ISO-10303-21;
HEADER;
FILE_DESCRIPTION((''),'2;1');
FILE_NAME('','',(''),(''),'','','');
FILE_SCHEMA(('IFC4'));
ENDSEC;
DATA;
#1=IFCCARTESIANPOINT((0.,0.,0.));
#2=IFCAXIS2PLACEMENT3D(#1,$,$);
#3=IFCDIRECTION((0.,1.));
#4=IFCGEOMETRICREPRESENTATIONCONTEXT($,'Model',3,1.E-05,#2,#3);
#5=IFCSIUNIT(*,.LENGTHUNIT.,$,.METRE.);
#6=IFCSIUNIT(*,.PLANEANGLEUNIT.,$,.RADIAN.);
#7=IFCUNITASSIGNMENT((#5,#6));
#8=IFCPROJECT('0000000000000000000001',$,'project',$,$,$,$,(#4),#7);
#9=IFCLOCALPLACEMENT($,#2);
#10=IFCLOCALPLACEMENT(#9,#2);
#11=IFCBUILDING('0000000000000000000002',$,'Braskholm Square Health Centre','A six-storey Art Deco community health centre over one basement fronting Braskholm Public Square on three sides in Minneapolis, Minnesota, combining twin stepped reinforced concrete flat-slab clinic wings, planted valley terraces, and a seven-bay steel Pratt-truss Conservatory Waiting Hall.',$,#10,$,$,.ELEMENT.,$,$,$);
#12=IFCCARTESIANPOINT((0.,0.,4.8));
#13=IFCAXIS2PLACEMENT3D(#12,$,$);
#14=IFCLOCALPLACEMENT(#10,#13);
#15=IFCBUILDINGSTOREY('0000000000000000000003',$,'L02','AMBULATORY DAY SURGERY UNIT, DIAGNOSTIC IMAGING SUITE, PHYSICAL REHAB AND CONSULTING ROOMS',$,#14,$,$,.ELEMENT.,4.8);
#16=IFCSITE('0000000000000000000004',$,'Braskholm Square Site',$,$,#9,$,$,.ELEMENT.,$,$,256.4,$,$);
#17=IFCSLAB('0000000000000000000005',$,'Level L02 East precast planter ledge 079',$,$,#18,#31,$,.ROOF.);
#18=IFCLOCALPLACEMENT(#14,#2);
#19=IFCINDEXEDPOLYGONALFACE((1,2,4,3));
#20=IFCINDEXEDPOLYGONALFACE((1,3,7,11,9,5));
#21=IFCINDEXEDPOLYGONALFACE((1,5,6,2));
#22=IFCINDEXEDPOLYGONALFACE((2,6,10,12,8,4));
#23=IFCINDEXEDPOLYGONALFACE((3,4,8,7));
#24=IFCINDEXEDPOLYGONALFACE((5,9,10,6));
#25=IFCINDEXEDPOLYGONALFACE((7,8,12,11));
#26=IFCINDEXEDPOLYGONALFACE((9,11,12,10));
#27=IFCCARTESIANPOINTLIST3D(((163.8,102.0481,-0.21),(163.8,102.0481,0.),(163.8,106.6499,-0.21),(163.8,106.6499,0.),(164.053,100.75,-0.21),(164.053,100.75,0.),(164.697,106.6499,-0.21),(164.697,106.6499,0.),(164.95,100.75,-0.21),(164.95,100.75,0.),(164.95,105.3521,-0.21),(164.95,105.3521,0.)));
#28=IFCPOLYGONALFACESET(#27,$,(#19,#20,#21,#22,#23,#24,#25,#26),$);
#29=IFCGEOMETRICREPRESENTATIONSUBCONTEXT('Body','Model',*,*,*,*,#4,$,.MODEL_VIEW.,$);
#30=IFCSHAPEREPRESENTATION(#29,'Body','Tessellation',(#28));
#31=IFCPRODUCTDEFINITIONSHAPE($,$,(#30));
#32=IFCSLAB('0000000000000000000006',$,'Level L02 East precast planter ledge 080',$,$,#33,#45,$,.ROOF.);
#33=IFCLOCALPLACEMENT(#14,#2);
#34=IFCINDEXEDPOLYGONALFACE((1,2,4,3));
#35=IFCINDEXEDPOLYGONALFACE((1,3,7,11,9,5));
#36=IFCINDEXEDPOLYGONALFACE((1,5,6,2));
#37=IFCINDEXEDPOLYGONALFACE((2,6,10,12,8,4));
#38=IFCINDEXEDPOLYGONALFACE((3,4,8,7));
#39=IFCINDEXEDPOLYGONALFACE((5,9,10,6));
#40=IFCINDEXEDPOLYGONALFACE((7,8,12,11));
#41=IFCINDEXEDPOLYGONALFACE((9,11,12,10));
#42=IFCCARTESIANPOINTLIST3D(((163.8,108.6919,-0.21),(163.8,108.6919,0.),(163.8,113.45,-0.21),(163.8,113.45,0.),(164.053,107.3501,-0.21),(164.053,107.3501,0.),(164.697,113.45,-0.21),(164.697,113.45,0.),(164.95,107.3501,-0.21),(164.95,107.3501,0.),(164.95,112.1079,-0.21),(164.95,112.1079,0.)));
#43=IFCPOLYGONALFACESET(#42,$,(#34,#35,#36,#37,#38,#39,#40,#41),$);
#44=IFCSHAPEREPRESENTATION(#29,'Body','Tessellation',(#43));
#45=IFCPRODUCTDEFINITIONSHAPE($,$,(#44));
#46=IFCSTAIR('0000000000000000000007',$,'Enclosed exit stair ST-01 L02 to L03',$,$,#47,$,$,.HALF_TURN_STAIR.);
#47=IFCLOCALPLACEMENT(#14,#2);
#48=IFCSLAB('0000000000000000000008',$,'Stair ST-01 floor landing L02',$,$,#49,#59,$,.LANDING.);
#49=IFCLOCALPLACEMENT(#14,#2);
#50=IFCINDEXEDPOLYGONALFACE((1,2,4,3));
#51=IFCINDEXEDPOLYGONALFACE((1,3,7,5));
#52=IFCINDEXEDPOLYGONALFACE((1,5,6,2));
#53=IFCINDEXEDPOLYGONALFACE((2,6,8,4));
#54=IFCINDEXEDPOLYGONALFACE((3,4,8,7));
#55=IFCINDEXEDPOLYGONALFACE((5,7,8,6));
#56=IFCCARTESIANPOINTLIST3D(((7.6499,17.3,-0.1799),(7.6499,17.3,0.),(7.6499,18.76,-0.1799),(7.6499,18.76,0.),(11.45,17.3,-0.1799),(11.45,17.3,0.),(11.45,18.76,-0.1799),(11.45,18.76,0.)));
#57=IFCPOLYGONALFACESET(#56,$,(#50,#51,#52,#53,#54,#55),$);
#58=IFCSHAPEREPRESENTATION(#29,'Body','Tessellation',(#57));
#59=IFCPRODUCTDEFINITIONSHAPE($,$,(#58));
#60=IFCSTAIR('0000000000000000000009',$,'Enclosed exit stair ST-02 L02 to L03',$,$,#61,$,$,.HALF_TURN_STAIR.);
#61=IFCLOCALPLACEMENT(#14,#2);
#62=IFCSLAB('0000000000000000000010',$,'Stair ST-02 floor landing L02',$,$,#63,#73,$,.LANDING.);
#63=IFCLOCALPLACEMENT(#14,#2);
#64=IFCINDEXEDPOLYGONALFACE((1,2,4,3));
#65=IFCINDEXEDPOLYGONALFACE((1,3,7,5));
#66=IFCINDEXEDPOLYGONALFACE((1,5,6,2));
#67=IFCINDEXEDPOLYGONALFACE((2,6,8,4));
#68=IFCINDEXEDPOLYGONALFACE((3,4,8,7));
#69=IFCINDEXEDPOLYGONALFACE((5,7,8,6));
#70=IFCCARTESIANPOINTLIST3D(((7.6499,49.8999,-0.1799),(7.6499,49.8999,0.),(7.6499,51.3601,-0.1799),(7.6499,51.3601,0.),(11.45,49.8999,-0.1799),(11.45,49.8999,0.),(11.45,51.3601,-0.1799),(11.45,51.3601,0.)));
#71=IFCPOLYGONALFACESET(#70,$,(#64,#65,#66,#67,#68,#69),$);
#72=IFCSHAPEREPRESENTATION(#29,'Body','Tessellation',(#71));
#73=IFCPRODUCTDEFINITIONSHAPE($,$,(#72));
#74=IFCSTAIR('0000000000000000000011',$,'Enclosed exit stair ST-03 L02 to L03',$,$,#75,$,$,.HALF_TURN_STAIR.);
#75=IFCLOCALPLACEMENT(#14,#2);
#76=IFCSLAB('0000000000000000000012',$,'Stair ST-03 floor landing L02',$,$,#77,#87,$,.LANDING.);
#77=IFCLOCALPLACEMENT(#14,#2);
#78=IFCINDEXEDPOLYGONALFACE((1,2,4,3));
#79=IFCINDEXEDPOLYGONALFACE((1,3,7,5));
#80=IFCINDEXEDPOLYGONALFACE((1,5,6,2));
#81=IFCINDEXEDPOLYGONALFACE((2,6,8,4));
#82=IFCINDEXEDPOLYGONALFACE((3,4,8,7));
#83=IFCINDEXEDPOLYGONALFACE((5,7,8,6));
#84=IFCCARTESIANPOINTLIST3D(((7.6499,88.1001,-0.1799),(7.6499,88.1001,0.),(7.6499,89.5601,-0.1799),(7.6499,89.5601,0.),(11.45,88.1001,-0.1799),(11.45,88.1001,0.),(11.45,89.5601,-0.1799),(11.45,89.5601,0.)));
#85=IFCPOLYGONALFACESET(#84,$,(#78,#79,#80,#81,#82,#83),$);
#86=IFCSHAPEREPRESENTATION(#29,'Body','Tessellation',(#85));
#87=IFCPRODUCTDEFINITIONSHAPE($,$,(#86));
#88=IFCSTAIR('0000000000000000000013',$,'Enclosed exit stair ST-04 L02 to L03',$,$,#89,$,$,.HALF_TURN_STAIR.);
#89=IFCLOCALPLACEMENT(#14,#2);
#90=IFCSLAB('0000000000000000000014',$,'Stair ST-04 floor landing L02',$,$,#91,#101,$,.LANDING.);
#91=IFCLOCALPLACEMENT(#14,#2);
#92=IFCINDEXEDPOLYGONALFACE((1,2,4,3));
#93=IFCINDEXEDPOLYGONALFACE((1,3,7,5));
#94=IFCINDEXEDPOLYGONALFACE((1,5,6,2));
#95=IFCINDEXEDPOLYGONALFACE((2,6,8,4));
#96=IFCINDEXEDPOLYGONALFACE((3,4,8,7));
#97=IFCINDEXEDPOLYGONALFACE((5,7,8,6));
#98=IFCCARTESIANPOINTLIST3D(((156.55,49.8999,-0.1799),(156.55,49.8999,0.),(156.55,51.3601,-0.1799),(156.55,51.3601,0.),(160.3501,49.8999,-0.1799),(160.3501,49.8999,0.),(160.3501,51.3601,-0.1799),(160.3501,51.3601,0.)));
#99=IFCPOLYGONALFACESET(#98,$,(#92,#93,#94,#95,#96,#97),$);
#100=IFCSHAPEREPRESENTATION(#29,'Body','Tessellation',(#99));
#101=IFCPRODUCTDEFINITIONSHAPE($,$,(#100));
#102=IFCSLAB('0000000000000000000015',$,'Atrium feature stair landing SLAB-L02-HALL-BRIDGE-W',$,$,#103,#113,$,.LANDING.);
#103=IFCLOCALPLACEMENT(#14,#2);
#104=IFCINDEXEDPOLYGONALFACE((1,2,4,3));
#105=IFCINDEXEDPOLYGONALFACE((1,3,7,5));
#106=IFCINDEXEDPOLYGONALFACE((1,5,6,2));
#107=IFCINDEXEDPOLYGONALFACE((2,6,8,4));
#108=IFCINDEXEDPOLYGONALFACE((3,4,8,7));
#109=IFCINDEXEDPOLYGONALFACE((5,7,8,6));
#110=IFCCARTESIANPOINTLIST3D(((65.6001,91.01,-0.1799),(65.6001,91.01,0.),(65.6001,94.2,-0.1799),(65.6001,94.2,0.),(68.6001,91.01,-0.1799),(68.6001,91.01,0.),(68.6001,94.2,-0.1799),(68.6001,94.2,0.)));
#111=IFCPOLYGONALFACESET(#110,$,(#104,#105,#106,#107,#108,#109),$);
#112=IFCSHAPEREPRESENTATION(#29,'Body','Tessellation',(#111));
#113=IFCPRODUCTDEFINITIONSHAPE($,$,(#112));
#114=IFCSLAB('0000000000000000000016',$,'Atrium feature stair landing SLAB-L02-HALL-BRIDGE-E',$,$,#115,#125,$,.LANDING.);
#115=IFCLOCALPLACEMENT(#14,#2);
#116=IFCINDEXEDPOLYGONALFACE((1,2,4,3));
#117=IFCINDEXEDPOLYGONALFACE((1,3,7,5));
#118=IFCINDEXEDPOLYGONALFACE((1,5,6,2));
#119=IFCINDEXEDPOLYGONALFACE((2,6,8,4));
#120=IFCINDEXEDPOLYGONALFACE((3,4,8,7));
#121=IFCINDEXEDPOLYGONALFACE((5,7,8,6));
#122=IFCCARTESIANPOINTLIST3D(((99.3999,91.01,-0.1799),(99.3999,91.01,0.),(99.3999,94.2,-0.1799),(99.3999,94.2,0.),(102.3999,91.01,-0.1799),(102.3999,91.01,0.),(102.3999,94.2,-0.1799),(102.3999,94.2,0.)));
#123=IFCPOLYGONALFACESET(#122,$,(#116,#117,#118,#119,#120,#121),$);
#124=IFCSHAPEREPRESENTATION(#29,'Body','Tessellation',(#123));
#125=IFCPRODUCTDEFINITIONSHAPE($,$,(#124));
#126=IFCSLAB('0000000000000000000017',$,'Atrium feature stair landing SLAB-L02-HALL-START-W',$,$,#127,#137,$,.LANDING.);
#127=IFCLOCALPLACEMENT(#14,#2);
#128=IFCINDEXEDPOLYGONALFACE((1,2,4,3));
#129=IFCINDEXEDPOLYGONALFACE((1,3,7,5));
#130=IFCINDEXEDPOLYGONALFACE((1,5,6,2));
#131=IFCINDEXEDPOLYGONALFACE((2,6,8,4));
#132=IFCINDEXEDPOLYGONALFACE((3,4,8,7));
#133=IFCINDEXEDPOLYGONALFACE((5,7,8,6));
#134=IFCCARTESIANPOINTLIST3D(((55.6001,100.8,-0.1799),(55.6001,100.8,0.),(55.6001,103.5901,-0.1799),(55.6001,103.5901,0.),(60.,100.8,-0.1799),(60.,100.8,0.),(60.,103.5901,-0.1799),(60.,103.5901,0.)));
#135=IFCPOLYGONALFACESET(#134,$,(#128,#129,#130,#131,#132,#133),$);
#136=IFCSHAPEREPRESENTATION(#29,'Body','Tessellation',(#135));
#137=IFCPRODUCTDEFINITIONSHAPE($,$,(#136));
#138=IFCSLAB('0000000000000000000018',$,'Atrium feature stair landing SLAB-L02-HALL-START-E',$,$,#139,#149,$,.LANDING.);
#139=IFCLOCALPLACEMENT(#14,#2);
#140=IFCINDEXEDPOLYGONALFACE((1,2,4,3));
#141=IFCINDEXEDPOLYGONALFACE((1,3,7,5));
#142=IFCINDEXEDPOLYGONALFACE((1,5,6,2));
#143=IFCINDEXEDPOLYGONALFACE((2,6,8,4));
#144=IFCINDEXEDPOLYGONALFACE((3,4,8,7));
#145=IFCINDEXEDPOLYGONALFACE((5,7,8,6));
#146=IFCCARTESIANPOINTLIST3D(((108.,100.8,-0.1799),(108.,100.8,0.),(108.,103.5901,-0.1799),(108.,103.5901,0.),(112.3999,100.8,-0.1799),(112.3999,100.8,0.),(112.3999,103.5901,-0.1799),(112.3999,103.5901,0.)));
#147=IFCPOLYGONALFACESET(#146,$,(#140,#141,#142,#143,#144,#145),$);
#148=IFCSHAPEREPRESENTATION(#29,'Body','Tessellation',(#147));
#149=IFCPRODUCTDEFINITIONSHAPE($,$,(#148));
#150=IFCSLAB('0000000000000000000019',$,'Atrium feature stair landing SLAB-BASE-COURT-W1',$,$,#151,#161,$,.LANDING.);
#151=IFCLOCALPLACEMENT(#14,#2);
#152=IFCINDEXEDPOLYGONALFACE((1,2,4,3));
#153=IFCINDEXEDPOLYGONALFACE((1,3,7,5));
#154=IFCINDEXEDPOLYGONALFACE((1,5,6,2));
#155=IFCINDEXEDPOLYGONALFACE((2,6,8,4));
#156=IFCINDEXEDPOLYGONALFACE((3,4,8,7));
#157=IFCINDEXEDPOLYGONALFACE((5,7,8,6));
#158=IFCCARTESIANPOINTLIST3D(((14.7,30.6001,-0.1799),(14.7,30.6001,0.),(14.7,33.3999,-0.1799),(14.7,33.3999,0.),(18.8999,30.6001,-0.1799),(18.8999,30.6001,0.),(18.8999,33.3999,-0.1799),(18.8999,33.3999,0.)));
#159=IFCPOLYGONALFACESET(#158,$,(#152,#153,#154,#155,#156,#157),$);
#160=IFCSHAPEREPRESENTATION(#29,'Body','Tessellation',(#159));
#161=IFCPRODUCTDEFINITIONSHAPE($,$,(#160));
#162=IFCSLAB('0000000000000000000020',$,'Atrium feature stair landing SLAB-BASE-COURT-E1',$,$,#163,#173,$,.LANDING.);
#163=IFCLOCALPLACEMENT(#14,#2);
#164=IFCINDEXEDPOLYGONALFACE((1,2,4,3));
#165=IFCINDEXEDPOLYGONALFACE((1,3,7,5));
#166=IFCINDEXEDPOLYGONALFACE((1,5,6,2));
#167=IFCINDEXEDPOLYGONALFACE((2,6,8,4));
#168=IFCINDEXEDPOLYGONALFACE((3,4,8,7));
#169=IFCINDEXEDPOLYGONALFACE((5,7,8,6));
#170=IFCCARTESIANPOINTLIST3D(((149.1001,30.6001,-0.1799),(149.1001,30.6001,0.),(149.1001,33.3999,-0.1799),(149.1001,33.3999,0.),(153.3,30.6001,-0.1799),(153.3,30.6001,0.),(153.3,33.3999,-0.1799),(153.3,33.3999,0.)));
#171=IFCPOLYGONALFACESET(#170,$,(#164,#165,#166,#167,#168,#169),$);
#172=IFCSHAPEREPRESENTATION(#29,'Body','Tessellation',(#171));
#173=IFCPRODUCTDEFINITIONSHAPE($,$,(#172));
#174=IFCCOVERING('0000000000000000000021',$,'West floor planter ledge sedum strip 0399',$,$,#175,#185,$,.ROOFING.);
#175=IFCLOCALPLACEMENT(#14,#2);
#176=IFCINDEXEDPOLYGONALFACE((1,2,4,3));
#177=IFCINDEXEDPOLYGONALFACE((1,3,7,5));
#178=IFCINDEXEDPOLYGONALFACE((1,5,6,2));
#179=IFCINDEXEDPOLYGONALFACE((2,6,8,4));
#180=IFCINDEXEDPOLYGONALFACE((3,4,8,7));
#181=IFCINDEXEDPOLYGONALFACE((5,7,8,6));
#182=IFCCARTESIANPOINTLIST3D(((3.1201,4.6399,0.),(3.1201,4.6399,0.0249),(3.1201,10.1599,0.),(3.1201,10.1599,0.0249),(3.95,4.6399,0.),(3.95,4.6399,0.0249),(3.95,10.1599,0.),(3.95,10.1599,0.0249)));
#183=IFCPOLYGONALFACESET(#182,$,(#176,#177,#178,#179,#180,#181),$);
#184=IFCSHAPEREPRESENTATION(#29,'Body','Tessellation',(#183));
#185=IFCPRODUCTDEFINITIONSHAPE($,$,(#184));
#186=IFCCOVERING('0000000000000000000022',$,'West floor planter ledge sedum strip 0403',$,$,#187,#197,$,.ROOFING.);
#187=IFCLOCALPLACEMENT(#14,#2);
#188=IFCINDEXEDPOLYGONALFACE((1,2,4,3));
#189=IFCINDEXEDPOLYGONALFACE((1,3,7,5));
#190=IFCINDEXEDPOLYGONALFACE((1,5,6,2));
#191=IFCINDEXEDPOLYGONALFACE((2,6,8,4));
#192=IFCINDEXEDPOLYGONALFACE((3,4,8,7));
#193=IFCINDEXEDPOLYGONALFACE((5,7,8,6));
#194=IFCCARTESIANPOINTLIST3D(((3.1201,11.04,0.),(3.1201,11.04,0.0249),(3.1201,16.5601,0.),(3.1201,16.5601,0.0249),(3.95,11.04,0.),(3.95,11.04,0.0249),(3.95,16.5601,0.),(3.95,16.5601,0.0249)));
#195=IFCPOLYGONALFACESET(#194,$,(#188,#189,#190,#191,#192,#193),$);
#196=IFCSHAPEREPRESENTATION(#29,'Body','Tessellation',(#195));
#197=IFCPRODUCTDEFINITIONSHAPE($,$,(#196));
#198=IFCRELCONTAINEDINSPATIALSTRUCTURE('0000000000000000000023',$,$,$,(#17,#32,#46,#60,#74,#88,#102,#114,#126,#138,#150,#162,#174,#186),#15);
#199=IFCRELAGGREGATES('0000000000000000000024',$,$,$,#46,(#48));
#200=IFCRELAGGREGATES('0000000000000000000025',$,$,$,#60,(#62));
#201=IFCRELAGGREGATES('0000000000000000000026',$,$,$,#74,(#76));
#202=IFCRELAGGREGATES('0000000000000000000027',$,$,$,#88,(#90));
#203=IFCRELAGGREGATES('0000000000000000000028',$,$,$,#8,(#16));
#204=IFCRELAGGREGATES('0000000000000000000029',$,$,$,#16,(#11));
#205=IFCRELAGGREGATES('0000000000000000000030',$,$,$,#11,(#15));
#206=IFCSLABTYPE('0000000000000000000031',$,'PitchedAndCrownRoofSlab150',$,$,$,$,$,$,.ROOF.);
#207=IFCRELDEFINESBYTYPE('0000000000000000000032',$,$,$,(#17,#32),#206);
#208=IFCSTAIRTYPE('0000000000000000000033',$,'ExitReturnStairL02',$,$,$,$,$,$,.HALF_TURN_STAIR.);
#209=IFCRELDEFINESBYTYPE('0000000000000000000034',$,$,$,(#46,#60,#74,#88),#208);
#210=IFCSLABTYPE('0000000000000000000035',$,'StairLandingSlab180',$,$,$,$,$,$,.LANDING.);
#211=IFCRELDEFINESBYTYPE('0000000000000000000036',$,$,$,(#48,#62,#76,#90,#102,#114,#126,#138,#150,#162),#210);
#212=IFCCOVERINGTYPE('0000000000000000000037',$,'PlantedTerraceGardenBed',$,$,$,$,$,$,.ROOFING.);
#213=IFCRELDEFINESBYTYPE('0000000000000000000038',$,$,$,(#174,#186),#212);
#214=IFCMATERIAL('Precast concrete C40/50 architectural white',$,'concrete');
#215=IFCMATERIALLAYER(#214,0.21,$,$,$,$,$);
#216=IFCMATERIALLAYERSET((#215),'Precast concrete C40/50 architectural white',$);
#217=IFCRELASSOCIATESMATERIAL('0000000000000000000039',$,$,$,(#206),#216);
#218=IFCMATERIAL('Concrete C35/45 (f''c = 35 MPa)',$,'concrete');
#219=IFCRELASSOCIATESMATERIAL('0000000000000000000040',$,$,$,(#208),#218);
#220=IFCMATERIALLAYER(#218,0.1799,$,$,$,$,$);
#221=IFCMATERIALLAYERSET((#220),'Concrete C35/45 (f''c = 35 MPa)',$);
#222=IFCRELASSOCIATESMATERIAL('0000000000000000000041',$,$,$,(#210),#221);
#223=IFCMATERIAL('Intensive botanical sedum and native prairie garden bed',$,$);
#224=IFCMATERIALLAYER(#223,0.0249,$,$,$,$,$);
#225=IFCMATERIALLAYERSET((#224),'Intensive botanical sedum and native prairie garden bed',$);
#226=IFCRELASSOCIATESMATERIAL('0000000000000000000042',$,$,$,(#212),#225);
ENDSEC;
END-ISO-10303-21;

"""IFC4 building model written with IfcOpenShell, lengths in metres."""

from ifc_helpers import new_model, si_unit, direction, frame, origin, place, context, subcontext, project, spatial, polyline, outline, extrude, material, layer, layer_set, type_object, element, aggregate, save


model = new_model("IFC4")

# Units and contexts
model_context = context("Model", 3, precision=1e-05, world=origin(), true_north=direction((0.0, 1.0)))
body_context = subcontext(model_context, "Body", "Model", "MODEL_VIEW")
ifc_project = project(units=[si_unit("LENGTHUNIT", "METRE"), si_unit("PLANEANGLEUNIT", "RADIAN")], contexts=[model_context])

# Site, building, storey
site_placement = place(None, origin())
site = spatial("IfcSite", under=ifc_project, at=site_placement, Name="Braskholm Square Site", CompositionType="ELEMENT", RefElevation=256.4)
building_placement = place(site_placement, origin())
building = spatial("IfcBuilding", under=site, at=building_placement, Name="Braskholm Square Health Centre", Description="A six-storey Art Deco community health centre over one basement fronting Braskholm Public Square on three sides in Minneapolis, Minnesota, combining twin stepped reinforced concrete flat-slab clinic wings, planted valley terraces, and a seven-bay steel Pratt-truss Conservatory Waiting Hall.", CompositionType="ELEMENT")
storey_placement = place(building_placement, frame((0.0, 0.0, 4.8)))
storey = spatial("IfcBuildingStorey", under=building, at=storey_placement, Name="L02", Description="AMBULATORY DAY SURGERY UNIT, DIAGNOSTIC IMAGING SUITE, PHYSICAL REHAB AND CONSULTING ROOMS", CompositionType="ELEMENT", Elevation=4.8)

# Slabs
ifc_material_1 = material(Name="Precast concrete C40/50 architectural white", Category="concrete")
ifc_layer_1 = layer(ifc_material_1, 0.21)
ifc_layer_set_1 = layer_set([ifc_layer_1], Name="Precast concrete C40/50 architectural white")
slab_type_1 = type_object("IfcSlabType", Name="PitchedAndCrownRoofSlab150", PredefinedType="ROOF", material=ifc_layer_set_1)
slab_1_placement = place(storey_placement, frame((0.0, 0.0, -0.21)))
element("IfcSlab", 1, at=slab_1_placement, inside=storey, type_object=slab_type_1, Name="Level L02 East precast planter ledge 079", PredefinedType="ROOF", context=body_context, shape_type="SweptSolid", body=[
    extrude(outline(polyline([(164.053, 100.75), (164.95, 100.75), (164.95, 105.3521), (164.697, 106.6499), (163.8, 106.6499), (163.8, 102.0481), (164.053, 100.75)])), origin(), (0.0, 0.0, 1.0), 0.21),
])
slab_2_placement = place(storey_placement, frame((0.0, 0.0, -0.21)))
element("IfcSlab", 2, at=slab_2_placement, inside=storey, type_object=slab_type_1, Name="Level L02 East precast planter ledge 080", PredefinedType="ROOF", context=body_context, shape_type="SweptSolid", body=[
    extrude(outline(polyline([(164.053, 107.3501), (164.95, 107.3501), (164.95, 112.1079), (164.697, 113.45), (163.8, 113.45), (163.8, 108.6919), (164.053, 107.3501)])), origin(), (0.0, 0.0, 1.0), 0.21),
])

# Stairs, slabs
ifc_material_2 = material(Name="Concrete C35/45 (f'c = 35 MPa)", Category="concrete")
stair_type = type_object("IfcStairType", Name="ExitReturnStairL02", PredefinedType="HALF_TURN_STAIR", material=ifc_material_2)
stair_1_placement = place(storey_placement, origin())
stair_1 = element("IfcStair", 3, at=stair_1_placement, inside=storey, type_object=stair_type, Name="Enclosed exit stair ST-01 L02 to L03", PredefinedType="HALF_TURN_STAIR")
ifc_layer_2 = layer(ifc_material_2, 0.1799)
ifc_layer_set_2 = layer_set([ifc_layer_2], Name="Concrete C35/45 (f'c = 35 MPa)")
slab_type_2 = type_object("IfcSlabType", Name="StairLandingSlab180", PredefinedType="LANDING", material=ifc_layer_set_2)
slab_3_placement = place(storey_placement, frame((0.0, 0.0, -0.1799)))
slab_3 = element("IfcSlab", 4, at=slab_3_placement, type_object=slab_type_2, Name="Stair ST-01 floor landing L02", PredefinedType="LANDING", context=body_context, shape_type="SweptSolid", body=[
    extrude(outline(polyline([(7.6499, 17.3), (11.45, 17.3), (11.45, 18.76), (7.6499, 18.76), (7.6499, 17.3)])), origin(), (0.0, 0.0, 1.0), 0.1799),
])
aggregate(stair_1, [slab_3])
stair_2_placement = place(storey_placement, origin())
stair_2 = element("IfcStair", 5, at=stair_2_placement, inside=storey, type_object=stair_type, Name="Enclosed exit stair ST-02 L02 to L03", PredefinedType="HALF_TURN_STAIR")
slab_4_placement = place(storey_placement, frame((0.0, 0.0, -0.1799)))
slab_4 = element("IfcSlab", 6, at=slab_4_placement, type_object=slab_type_2, Name="Stair ST-02 floor landing L02", PredefinedType="LANDING", context=body_context, shape_type="SweptSolid", body=[
    extrude(outline(polyline([(7.6499, 49.8999), (11.45, 49.8999), (11.45, 51.3601), (7.6499, 51.3601), (7.6499, 49.8999)])), origin(), (0.0, 0.0, 1.0), 0.1799),
])
aggregate(stair_2, [slab_4])
stair_3_placement = place(storey_placement, origin())
stair_3 = element("IfcStair", 7, at=stair_3_placement, inside=storey, type_object=stair_type, Name="Enclosed exit stair ST-03 L02 to L03", PredefinedType="HALF_TURN_STAIR")
slab_5_placement = place(storey_placement, frame((0.0, 0.0, -0.1799)))
slab_5 = element("IfcSlab", 8, at=slab_5_placement, type_object=slab_type_2, Name="Stair ST-03 floor landing L02", PredefinedType="LANDING", context=body_context, shape_type="SweptSolid", body=[
    extrude(outline(polyline([(7.6499, 88.1001), (11.45, 88.1001), (11.45, 89.5601), (7.6499, 89.5601), (7.6499, 88.1001)])), origin(), (0.0, 0.0, 1.0), 0.1799),
])
aggregate(stair_3, [slab_5])
stair_4_placement = place(storey_placement, origin())
stair_4 = element("IfcStair", 9, at=stair_4_placement, inside=storey, type_object=stair_type, Name="Enclosed exit stair ST-04 L02 to L03", PredefinedType="HALF_TURN_STAIR")
slab_6_placement = place(storey_placement, frame((0.0, 0.0, -0.1799)))
slab_6 = element("IfcSlab", 10, at=slab_6_placement, type_object=slab_type_2, Name="Stair ST-04 floor landing L02", PredefinedType="LANDING", context=body_context, shape_type="SweptSolid", body=[
    extrude(outline(polyline([(156.55, 49.8999), (160.3501, 49.8999), (160.3501, 51.3601), (156.55, 51.3601), (156.55, 49.8999)])), origin(), (0.0, 0.0, 1.0), 0.1799),
])
aggregate(stair_4, [slab_6])

# Slabs
slab_7_placement = place(storey_placement, frame((0.0, 0.0, -0.1799)))
element("IfcSlab", 11, at=slab_7_placement, inside=storey, type_object=slab_type_2, Name="Atrium feature stair landing SLAB-L02-HALL-BRIDGE-W", PredefinedType="LANDING", context=body_context, shape_type="SweptSolid", body=[
    extrude(outline(polyline([(65.6001, 91.01), (68.6001, 91.01), (68.6001, 94.2), (65.6001, 94.2), (65.6001, 91.01)])), origin(), (0.0, 0.0, 1.0), 0.1799),
])
slab_8_placement = place(storey_placement, frame((0.0, 0.0, -0.1799)))
element("IfcSlab", 12, at=slab_8_placement, inside=storey, type_object=slab_type_2, Name="Atrium feature stair landing SLAB-L02-HALL-BRIDGE-E", PredefinedType="LANDING", context=body_context, shape_type="SweptSolid", body=[
    extrude(outline(polyline([(99.3999, 91.01), (102.3999, 91.01), (102.3999, 94.2), (99.3999, 94.2), (99.3999, 91.01)])), origin(), (0.0, 0.0, 1.0), 0.1799),
])
slab_9_placement = place(storey_placement, frame((0.0, 0.0, -0.1799)))
element("IfcSlab", 13, at=slab_9_placement, inside=storey, type_object=slab_type_2, Name="Atrium feature stair landing SLAB-L02-HALL-START-W", PredefinedType="LANDING", context=body_context, shape_type="SweptSolid", body=[
    extrude(outline(polyline([(55.6001, 100.8), (60.0, 100.8), (60.0, 103.5901), (55.6001, 103.5901), (55.6001, 100.8)])), origin(), (0.0, 0.0, 1.0), 0.1799),
])
slab_10_placement = place(storey_placement, frame((0.0, 0.0, -0.1799)))
element("IfcSlab", 14, at=slab_10_placement, inside=storey, type_object=slab_type_2, Name="Atrium feature stair landing SLAB-L02-HALL-START-E", PredefinedType="LANDING", context=body_context, shape_type="SweptSolid", body=[
    extrude(outline(polyline([(108.0, 100.8), (112.3999, 100.8), (112.3999, 103.5901), (108.0, 103.5901), (108.0, 100.8)])), origin(), (0.0, 0.0, 1.0), 0.1799),
])
slab_11_placement = place(storey_placement, frame((0.0, 0.0, -0.1799)))
element("IfcSlab", 15, at=slab_11_placement, inside=storey, type_object=slab_type_2, Name="Atrium feature stair landing SLAB-BASE-COURT-W1", PredefinedType="LANDING", context=body_context, shape_type="SweptSolid", body=[
    extrude(outline(polyline([(14.7, 30.6001), (18.8999, 30.6001), (18.8999, 33.3999), (14.7, 33.3999), (14.7, 30.6001)])), origin(), (0.0, 0.0, 1.0), 0.1799),
])
slab_12_placement = place(storey_placement, frame((0.0, 0.0, -0.1799)))
element("IfcSlab", 16, at=slab_12_placement, inside=storey, type_object=slab_type_2, Name="Atrium feature stair landing SLAB-BASE-COURT-E1", PredefinedType="LANDING", context=body_context, shape_type="SweptSolid", body=[
    extrude(outline(polyline([(149.1001, 30.6001), (153.3, 30.6001), (153.3, 33.3999), (149.1001, 33.3999), (149.1001, 30.6001)])), origin(), (0.0, 0.0, 1.0), 0.1799),
])

# Coverings
ifc_material_3 = material(Name="Intensive botanical sedum and native prairie garden bed")
ifc_layer_3 = layer(ifc_material_3, 0.0249)
ifc_layer_set_3 = layer_set([ifc_layer_3], Name="Intensive botanical sedum and native prairie garden bed")
covering_type = type_object("IfcCoveringType", Name="PlantedTerraceGardenBed", PredefinedType="ROOFING", material=ifc_layer_set_3)
covering_1_placement = place(storey_placement, origin())
element("IfcCovering", 17, at=covering_1_placement, inside=storey, type_object=covering_type, Name="West floor planter ledge sedum strip 0399", PredefinedType="ROOFING", context=body_context, shape_type="SweptSolid", body=[
    extrude(outline(polyline([(3.1201, 4.6399), (3.95, 4.6399), (3.95, 10.1599), (3.1201, 10.1599), (3.1201, 4.6399)])), origin(), (0.0, 0.0, 1.0), 0.0249),
])
covering_2_placement = place(storey_placement, origin())
element("IfcCovering", 18, at=covering_2_placement, inside=storey, type_object=covering_type, Name="West floor planter ledge sedum strip 0403", PredefinedType="ROOFING", context=body_context, shape_type="SweptSolid", body=[
    extrude(outline(polyline([(3.1201, 11.04), (3.95, 11.04), (3.95, 16.5601), (3.1201, 16.5601), (3.1201, 11.04)])), origin(), (0.0, 0.0, 1.0), 0.0249),
])

save(model, "model.ifc")
